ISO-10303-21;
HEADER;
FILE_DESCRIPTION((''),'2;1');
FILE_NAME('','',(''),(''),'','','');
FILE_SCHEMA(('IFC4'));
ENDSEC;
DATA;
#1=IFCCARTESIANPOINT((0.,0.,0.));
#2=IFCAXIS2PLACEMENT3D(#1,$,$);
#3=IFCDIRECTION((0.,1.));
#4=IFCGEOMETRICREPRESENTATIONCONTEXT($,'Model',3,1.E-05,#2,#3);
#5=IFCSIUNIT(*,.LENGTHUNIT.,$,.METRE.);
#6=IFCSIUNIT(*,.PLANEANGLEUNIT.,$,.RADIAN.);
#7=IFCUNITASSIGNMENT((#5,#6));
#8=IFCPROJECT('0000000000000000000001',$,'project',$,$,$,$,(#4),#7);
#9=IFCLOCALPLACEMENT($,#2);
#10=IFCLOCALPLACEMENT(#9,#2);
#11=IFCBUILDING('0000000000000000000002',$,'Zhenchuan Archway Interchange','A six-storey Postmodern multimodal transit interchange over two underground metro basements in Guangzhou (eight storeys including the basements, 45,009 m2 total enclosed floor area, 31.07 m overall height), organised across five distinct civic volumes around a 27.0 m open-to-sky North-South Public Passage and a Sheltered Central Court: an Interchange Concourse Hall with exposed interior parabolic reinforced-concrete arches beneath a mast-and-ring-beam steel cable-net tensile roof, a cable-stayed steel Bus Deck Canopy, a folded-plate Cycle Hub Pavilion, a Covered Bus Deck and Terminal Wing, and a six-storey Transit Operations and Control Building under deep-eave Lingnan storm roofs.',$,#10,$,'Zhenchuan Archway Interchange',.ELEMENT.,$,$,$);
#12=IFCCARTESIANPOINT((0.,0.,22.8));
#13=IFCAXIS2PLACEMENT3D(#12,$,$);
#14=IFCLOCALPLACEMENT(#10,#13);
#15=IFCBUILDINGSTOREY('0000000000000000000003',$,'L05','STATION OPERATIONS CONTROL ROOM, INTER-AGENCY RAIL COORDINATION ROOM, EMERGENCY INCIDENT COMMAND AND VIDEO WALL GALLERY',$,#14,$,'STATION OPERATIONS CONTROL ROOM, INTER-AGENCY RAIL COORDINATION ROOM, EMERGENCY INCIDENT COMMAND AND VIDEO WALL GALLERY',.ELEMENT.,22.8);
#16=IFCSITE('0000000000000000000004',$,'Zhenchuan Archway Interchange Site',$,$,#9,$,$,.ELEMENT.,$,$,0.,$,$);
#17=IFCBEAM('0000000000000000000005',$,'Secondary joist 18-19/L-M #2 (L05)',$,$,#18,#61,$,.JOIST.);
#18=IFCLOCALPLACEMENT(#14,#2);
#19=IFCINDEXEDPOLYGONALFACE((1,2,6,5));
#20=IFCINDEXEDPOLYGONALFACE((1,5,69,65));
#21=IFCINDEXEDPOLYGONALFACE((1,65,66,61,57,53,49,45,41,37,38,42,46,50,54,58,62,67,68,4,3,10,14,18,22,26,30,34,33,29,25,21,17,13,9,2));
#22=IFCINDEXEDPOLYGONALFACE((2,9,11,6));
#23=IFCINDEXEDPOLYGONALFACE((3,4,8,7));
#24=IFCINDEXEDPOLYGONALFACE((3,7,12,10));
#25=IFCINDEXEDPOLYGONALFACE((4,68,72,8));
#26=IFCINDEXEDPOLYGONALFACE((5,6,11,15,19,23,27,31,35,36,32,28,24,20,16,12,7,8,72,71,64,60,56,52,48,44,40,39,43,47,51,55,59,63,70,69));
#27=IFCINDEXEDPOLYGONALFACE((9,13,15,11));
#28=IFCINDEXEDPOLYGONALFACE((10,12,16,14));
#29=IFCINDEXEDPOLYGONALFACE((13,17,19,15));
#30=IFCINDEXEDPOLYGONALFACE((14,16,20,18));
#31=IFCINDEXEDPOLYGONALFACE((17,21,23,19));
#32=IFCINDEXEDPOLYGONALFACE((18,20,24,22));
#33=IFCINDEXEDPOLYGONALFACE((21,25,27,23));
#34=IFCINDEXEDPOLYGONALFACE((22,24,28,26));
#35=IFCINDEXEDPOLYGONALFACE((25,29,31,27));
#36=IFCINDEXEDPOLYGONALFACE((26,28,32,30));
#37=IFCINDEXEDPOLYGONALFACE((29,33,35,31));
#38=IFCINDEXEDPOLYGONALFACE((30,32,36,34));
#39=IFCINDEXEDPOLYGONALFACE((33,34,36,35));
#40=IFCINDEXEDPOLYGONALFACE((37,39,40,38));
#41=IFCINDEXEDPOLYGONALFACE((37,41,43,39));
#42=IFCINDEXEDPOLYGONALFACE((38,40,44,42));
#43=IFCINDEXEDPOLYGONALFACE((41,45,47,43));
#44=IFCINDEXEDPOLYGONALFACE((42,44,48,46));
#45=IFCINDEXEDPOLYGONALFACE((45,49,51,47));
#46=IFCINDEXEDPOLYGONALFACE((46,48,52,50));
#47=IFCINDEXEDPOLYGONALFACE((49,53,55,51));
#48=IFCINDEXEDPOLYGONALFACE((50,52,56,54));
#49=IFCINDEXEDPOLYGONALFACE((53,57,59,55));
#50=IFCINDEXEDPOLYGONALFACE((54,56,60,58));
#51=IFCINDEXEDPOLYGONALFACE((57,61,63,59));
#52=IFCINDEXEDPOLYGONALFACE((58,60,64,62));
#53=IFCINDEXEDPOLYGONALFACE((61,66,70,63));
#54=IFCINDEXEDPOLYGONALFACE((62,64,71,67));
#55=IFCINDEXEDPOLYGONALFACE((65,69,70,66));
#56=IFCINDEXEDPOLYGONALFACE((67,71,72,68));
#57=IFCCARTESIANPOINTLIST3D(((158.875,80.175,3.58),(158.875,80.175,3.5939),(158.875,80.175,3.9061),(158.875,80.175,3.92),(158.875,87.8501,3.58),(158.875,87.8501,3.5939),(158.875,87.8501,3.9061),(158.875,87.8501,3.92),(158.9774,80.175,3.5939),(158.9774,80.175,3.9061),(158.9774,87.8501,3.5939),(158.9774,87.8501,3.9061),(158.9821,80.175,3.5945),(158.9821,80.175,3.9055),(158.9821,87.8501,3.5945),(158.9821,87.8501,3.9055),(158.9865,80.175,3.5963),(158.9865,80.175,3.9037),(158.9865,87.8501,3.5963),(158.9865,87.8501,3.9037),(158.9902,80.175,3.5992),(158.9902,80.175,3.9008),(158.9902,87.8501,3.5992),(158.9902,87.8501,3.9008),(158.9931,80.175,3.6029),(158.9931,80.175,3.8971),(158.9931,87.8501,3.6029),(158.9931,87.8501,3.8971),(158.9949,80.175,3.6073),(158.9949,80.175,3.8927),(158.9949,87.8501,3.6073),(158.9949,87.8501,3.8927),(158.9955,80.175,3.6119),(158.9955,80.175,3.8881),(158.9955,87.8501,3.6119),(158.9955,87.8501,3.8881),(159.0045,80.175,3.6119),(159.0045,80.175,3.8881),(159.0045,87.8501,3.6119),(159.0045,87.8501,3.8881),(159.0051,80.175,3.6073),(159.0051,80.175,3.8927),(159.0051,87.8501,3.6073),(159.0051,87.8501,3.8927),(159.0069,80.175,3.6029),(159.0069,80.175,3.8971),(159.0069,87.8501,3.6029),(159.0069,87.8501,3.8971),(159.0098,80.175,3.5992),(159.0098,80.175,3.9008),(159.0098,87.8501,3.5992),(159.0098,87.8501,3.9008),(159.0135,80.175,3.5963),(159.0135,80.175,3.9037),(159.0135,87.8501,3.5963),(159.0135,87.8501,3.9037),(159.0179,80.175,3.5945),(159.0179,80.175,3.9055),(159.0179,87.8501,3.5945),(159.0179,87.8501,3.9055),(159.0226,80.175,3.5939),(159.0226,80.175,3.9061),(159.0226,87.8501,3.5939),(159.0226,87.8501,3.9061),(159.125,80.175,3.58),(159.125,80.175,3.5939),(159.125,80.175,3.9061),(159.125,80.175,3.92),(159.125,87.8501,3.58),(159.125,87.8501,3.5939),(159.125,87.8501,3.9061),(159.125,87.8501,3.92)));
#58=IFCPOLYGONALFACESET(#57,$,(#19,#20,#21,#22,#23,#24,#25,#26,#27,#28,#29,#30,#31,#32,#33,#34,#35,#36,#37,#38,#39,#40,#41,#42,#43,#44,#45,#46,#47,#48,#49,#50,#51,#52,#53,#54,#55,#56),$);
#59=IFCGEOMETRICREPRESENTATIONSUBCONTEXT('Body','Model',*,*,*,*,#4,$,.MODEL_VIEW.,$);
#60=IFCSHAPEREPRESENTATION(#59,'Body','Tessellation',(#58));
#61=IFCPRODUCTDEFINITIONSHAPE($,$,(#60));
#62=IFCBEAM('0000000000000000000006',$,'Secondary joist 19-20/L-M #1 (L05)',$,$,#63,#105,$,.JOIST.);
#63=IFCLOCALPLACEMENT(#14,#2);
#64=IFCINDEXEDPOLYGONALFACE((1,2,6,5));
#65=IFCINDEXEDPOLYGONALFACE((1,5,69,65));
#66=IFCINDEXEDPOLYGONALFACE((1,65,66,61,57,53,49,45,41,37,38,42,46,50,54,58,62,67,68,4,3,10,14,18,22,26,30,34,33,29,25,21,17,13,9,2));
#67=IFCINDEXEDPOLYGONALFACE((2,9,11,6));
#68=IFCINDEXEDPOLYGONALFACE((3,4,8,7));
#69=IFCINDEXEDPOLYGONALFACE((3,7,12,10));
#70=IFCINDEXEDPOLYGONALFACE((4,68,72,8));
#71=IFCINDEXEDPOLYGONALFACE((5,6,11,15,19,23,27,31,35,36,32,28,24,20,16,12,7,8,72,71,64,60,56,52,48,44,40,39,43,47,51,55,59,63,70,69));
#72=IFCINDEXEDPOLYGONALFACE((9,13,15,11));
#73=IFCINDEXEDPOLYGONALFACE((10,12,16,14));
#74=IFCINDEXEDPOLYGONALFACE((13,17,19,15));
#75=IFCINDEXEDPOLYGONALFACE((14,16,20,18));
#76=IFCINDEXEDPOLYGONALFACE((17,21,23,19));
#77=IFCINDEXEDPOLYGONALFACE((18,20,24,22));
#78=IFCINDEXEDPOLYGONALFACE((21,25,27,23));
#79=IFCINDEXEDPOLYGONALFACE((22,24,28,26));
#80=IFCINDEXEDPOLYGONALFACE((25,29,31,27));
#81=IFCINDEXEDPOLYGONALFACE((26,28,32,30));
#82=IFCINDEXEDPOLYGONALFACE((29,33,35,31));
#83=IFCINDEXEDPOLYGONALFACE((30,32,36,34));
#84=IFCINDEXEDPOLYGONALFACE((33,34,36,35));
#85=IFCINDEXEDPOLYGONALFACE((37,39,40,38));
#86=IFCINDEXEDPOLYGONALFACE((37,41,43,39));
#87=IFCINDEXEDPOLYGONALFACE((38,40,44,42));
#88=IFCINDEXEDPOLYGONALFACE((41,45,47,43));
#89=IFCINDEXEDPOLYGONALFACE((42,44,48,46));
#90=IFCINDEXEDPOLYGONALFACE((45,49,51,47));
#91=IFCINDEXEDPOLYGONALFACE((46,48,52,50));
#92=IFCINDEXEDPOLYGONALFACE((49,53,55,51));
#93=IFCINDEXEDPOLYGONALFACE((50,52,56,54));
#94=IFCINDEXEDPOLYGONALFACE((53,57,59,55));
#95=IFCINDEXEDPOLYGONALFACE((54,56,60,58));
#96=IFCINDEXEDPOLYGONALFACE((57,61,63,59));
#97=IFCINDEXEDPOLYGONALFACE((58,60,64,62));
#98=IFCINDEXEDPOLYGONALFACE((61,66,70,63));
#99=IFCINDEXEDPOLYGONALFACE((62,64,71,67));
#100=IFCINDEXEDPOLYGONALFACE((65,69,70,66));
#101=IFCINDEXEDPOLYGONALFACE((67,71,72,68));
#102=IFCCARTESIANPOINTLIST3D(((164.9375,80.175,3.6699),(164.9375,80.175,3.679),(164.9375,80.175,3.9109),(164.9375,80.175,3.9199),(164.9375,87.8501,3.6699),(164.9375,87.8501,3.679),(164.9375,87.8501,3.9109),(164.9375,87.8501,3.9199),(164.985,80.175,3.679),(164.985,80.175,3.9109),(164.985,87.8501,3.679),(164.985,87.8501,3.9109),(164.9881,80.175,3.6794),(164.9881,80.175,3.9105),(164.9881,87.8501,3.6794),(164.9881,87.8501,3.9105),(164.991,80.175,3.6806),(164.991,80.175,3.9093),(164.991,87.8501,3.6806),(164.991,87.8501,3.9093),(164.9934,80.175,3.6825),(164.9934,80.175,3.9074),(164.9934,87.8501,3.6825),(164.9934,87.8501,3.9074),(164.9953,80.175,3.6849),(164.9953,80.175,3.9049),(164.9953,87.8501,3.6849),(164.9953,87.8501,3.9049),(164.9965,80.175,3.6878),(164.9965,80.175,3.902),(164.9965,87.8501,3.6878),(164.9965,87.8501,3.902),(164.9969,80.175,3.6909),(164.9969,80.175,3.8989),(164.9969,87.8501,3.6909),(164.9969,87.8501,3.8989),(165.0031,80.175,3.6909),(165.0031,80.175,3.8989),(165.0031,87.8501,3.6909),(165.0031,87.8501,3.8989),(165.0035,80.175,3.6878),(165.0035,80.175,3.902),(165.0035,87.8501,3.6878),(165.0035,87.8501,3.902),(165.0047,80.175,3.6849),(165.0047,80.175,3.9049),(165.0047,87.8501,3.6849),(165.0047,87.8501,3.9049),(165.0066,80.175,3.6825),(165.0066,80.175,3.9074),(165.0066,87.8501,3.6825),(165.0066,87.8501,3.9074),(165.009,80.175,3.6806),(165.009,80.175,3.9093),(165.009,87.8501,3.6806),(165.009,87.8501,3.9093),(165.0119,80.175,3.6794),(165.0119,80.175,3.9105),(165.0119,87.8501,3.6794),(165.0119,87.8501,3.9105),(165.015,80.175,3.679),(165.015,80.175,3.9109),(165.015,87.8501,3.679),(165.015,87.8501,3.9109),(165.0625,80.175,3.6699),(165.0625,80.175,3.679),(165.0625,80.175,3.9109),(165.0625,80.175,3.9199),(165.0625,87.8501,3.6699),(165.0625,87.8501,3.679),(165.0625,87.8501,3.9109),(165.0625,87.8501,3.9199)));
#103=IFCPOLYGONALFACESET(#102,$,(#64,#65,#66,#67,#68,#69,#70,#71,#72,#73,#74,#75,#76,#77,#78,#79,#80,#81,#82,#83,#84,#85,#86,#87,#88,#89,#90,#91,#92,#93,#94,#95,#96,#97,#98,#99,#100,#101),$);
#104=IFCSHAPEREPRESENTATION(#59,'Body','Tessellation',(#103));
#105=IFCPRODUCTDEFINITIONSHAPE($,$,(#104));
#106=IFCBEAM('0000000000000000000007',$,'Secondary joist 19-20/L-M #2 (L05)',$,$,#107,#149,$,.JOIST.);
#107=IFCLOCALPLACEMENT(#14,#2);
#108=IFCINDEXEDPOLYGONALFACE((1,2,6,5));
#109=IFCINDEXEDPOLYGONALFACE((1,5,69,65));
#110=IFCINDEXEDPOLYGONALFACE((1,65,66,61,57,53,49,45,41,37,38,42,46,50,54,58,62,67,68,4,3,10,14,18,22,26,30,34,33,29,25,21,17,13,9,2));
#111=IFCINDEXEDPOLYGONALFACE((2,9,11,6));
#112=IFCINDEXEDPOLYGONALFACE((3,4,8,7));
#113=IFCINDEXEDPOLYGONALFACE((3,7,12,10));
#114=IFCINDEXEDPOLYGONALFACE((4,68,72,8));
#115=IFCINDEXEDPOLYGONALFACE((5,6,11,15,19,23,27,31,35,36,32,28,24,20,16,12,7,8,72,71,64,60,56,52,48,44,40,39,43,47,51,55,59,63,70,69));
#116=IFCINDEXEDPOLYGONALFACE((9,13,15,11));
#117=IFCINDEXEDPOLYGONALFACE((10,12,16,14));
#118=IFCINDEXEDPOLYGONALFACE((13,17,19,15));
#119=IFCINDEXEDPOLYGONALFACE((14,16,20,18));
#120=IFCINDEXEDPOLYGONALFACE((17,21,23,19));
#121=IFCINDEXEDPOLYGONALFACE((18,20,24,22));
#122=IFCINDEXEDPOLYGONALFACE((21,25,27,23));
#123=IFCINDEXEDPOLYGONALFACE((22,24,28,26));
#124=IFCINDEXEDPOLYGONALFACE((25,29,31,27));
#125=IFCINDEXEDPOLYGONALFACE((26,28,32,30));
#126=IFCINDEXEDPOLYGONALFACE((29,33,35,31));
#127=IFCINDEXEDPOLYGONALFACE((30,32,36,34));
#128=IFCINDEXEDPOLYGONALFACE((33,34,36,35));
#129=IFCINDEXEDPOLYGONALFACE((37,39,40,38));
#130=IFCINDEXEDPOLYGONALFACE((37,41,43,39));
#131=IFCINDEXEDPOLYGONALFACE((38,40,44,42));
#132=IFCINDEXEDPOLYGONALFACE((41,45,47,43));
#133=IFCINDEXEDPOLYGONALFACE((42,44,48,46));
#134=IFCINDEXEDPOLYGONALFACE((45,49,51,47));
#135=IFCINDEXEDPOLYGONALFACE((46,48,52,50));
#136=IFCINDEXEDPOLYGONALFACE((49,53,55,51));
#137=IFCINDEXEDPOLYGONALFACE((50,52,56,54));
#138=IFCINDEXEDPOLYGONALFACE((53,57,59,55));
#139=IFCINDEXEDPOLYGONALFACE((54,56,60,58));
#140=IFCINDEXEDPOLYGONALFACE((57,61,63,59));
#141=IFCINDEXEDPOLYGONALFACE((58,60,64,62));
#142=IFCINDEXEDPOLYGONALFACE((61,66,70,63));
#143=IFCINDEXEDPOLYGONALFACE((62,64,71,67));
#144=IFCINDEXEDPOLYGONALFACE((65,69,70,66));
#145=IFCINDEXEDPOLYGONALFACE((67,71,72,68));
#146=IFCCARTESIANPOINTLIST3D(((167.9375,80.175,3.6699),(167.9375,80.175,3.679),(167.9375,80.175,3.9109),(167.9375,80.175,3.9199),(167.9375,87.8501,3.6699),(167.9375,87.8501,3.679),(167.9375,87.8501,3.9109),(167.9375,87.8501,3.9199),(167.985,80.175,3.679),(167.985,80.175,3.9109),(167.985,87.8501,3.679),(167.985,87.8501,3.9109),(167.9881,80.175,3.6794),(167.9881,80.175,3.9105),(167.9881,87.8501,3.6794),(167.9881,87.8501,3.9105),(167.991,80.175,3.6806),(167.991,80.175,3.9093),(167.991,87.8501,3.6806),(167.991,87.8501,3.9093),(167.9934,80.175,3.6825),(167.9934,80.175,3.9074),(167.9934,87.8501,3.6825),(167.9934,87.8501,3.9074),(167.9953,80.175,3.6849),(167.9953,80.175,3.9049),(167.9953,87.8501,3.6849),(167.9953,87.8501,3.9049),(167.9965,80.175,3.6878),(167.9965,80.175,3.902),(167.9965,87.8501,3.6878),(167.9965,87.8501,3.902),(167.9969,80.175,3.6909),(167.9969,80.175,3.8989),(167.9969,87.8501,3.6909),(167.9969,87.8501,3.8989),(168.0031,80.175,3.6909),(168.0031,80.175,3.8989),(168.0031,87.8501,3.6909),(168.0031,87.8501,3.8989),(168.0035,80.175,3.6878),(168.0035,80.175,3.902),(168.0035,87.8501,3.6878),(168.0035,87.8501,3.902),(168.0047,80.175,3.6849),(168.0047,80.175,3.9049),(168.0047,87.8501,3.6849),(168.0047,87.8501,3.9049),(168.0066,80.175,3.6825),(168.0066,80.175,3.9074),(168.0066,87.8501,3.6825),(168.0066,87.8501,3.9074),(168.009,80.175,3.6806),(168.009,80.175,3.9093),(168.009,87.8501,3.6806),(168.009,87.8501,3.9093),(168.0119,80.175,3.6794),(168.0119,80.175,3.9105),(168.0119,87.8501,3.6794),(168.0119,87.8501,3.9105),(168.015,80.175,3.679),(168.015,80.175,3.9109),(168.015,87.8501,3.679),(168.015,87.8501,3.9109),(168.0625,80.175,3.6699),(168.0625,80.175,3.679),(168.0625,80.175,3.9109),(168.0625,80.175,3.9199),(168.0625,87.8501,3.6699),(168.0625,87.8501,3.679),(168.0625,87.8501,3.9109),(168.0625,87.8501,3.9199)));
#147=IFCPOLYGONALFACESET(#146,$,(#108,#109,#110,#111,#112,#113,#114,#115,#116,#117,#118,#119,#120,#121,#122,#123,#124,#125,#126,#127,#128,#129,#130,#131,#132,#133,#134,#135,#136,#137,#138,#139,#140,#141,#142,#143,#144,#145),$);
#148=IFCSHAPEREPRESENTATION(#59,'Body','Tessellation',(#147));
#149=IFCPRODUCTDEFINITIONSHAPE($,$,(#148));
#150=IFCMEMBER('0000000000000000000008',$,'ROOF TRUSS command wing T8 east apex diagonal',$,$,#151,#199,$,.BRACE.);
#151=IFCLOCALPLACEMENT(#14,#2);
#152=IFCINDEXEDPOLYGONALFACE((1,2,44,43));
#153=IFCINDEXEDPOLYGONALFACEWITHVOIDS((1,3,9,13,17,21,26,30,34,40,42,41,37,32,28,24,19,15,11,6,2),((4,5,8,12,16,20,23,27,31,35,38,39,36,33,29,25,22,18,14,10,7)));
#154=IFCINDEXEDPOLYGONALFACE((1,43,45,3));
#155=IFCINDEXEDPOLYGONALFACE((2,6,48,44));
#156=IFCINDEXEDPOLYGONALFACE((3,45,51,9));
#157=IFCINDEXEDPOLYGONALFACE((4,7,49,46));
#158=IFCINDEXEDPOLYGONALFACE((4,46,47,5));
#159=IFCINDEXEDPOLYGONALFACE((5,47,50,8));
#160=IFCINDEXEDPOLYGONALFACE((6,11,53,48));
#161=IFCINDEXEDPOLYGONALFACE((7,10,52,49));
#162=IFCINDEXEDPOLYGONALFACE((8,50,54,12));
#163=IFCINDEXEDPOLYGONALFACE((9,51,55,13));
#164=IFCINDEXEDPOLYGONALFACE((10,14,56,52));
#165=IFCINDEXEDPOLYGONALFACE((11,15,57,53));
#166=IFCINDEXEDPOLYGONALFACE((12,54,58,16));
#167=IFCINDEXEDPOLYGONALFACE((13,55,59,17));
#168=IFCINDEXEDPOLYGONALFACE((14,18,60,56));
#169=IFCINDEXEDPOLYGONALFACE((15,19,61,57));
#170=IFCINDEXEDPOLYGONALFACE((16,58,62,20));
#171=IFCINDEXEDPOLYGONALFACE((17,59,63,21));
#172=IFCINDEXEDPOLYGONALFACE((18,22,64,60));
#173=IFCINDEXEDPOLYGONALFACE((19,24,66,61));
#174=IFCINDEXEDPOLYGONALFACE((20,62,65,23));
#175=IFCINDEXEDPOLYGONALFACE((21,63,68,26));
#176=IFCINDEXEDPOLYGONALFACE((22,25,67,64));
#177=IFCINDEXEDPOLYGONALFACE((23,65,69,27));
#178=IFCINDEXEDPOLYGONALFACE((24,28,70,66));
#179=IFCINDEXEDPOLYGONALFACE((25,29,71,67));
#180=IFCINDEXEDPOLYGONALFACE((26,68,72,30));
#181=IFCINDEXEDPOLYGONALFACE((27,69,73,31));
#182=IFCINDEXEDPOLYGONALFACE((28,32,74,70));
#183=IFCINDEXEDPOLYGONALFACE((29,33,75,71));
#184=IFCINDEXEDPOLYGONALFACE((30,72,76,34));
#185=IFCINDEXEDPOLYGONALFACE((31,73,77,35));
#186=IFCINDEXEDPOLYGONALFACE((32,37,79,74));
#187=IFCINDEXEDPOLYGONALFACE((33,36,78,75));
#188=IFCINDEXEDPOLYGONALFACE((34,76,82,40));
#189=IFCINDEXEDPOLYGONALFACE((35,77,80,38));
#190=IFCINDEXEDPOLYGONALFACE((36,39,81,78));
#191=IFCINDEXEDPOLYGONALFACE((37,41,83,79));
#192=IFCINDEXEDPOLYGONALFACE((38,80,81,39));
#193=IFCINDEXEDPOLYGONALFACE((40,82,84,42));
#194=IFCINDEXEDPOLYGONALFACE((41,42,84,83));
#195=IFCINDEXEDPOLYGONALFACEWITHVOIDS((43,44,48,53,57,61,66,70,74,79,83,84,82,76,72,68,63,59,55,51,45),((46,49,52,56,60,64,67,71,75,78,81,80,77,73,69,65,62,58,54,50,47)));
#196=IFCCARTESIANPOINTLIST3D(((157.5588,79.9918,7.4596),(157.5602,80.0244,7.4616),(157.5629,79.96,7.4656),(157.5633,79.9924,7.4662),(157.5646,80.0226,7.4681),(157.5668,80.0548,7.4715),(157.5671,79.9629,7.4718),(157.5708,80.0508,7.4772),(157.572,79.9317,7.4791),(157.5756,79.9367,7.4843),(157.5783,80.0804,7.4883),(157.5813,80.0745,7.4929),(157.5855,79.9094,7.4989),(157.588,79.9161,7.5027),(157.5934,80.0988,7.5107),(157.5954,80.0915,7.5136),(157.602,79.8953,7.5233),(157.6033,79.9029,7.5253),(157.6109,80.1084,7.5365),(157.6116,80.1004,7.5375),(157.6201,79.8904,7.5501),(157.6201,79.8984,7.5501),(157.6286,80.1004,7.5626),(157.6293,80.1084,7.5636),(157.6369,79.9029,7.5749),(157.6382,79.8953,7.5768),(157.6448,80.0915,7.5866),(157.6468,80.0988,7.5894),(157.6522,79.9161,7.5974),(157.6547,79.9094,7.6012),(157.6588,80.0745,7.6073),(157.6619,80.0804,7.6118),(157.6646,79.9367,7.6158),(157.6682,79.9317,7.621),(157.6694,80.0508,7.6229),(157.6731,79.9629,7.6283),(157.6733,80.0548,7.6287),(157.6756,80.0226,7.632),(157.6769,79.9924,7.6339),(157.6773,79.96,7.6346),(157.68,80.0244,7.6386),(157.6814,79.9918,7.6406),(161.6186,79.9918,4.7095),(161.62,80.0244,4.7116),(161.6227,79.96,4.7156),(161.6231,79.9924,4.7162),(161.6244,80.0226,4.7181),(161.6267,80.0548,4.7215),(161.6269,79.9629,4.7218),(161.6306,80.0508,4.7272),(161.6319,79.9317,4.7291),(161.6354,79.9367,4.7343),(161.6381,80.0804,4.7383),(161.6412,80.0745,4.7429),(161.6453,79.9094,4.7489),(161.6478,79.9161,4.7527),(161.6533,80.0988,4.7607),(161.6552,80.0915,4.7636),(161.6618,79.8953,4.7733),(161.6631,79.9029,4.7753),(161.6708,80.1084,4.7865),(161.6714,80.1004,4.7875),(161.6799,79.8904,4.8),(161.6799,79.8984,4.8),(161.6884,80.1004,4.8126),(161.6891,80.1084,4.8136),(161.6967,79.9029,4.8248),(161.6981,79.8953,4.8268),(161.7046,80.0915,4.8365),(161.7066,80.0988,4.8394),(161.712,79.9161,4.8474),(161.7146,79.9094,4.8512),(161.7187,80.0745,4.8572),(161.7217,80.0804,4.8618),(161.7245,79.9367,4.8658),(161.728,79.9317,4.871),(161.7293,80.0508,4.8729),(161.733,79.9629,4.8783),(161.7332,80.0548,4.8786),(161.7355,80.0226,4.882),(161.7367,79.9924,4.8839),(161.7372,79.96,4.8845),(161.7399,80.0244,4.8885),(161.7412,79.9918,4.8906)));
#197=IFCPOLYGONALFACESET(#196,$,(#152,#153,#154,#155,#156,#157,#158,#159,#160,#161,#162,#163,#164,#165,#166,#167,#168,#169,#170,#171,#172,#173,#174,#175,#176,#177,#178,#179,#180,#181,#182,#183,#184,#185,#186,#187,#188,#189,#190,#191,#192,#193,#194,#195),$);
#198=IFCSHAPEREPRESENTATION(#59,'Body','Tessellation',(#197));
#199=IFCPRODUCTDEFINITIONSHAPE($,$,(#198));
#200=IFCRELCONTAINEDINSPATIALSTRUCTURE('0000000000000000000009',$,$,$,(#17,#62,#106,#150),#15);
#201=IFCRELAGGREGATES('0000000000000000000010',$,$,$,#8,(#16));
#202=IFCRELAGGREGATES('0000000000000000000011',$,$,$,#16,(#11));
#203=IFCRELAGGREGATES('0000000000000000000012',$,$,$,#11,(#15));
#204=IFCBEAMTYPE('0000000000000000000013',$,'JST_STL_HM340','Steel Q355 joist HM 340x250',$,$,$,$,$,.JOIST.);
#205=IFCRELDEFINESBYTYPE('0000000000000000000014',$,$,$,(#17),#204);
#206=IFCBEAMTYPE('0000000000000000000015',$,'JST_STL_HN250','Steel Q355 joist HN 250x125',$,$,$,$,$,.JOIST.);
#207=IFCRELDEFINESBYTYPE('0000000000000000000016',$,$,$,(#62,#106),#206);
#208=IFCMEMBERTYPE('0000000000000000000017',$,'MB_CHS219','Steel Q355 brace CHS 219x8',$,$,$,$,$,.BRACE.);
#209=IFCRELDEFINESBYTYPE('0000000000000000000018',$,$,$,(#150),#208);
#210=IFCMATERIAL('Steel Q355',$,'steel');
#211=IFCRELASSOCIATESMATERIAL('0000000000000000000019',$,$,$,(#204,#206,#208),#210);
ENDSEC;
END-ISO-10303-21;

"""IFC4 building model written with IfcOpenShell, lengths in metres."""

from ifc_helpers import new_model, si_unit, direction, frame, origin, origin_2d, place, context, subcontext, project, spatial, hollow_circle, i_section, extrude, material, material_profile, profile_set, type_object, element, save


model = new_model("IFC4")

# Units and contexts
model_context = context("Model", 3, precision=1e-05, world=origin(), true_north=direction((0.0, 1.0)))
body_context = subcontext(model_context, "Body", "Model", "MODEL_VIEW")
ifc_project = project(units=[si_unit("LENGTHUNIT", "METRE"), si_unit("PLANEANGLEUNIT", "RADIAN")], contexts=[model_context])

# Site, building, storey
site_placement = place(None, origin())
site = spatial("IfcSite", under=ifc_project, at=site_placement, Name="Zhenchuan Archway Interchange Site", CompositionType="ELEMENT", RefElevation=0.0)
building_placement = place(site_placement, origin())
building = spatial("IfcBuilding", under=site, at=building_placement, Name="Zhenchuan Archway Interchange", Description="A six-storey Postmodern multimodal transit interchange over two underground metro basements in Guangzhou (eight storeys including the basements, 45,009 m2 total enclosed floor area, 31.07 m overall height), organised across five distinct civic volumes around a 27.0 m open-to-sky North-South Public Passage and a Sheltered Central Court: an Interchange Concourse Hall with exposed interior parabolic reinforced-concrete arches beneath a mast-and-ring-beam steel cable-net tensile roof, a cable-stayed steel Bus Deck Canopy, a folded-plate Cycle Hub Pavilion, a Covered Bus Deck and Terminal Wing, and a six-storey Transit Operations and Control Building under deep-eave Lingnan storm roofs.", LongName="Zhenchuan Archway Interchange", CompositionType="ELEMENT")
storey_placement = place(building_placement, frame((0.0, 0.0, 22.8)))
storey = spatial("IfcBuildingStorey", under=building, at=storey_placement, Name="L05", Description="STATION OPERATIONS CONTROL ROOM, INTER-AGENCY RAIL COORDINATION ROOM, EMERGENCY INCIDENT COMMAND AND VIDEO WALL GALLERY", LongName="STATION OPERATIONS CONTROL ROOM, INTER-AGENCY RAIL COORDINATION ROOM, EMERGENCY INCIDENT COMMAND AND VIDEO WALL GALLERY", CompositionType="ELEMENT", Elevation=22.8)

# Beams
ifc_material_1 = material(Name="Steel Q355", Category="steel")
ifc_material_profile_1 = material_profile(ifc_material_1, i_section(OverallWidth=0.25, OverallDepth=0.3401, WebThickness=0.009, FlangeThickness=0.0139, FilletRadius=0.0181, at=origin_2d()), Name="HM 340x250")
ifc_profile_set_1 = profile_set([ifc_material_profile_1], Name="Steel Q355")
beam_type_1 = type_object("IfcBeamType", Name="JST_STL_HM340", Description="Steel Q355 joist HM 340x250", PredefinedType="JOIST", material=ifc_profile_set_1)
for number, where, z_axis, x_axis, name in (
    (1, (159.0, 80.175, 3.75), (0.0, 1.0, 0.0), (-1.0, 0.0, 0.0), "Secondary joist 18-19/L-M #2 (L05)"),
):
    element("IfcBeam", number, at=place(storey_placement, frame(where, z_axis=z_axis, x_axis=x_axis)), inside=storey, type_object=beam_type_1, Name=name, PredefinedType="JOIST", context=body_context, shape_type="SweptSolid", body=[
        extrude(i_section(OverallWidth=0.25, OverallDepth=0.3401, WebThickness=0.009, FlangeThickness=0.0139, FilletRadius=0.0181, at=origin_2d()), origin(), (0.0, 0.0, 1.0), 7.675),
    ])
ifc_material_profile_2 = material_profile(ifc_material_1, i_section(OverallWidth=0.125, OverallDepth=0.25, WebThickness=0.0061, FlangeThickness=0.009, FilletRadius=0.012, at=origin_2d()), Name="HN 250x125")
ifc_profile_set_2 = profile_set([ifc_material_profile_2], Name="Steel Q355")
beam_type_2 = type_object("IfcBeamType", Name="JST_STL_HN250", Description="Steel Q355 joist HN 250x125", PredefinedType="JOIST", material=ifc_profile_set_2)
for number, where, z_axis, x_axis, name in (
    (2, (165.0, 80.175, 3.7949), (0.0, 1.0, 0.0), (-1.0, 0.0, 0.0), "Secondary joist 19-20/L-M #1 (L05)"),
    (3, (168.0, 80.175, 3.7949), (0.0, 1.0, 0.0), (-1.0, 0.0, 0.0), "Secondary joist 19-20/L-M #2 (L05)"),
):
    element("IfcBeam", number, at=place(storey_placement, frame(where, z_axis=z_axis, x_axis=x_axis)), inside=storey, type_object=beam_type_2, Name=name, PredefinedType="JOIST", context=body_context, shape_type="SweptSolid", body=[
        extrude(i_section(OverallWidth=0.125, OverallDepth=0.25, WebThickness=0.0061, FlangeThickness=0.009, FilletRadius=0.012, at=origin_2d()), origin(), (0.0, 0.0, 1.0), 7.675),
    ])

# Member
ifc_material_profile_3 = material_profile(ifc_material_1, hollow_circle(Radius=0.1096, WallThickness=0.0081, at=origin_2d()), Name="CHS 219x8")
ifc_profile_set_3 = profile_set([ifc_material_profile_3], Name="Steel Q355")
member_type_1 = type_object("IfcMemberType", Name="MB_CHS219", Description="Steel Q355 brace CHS 219x8", PredefinedType="BRACE", material=ifc_profile_set_3)
for number, where, z_axis, x_axis, name in (
    (4, (161.6799, 80.0, 4.8), (-0.827937, 0.0, 0.560821), (0.0, -1.0, 0.0), "ROOF TRUSS command wing T8 east apex diagonal"),
):
    element("IfcMember", number, at=place(storey_placement, frame(where, z_axis=z_axis, x_axis=x_axis)), inside=storey, type_object=member_type_1, Name=name, PredefinedType="BRACE", context=body_context, shape_type="SweptSolid", body=[
        extrude(hollow_circle(Radius=0.1096, WallThickness=0.0081, at=origin_2d()), origin(), (0.0, 0.0, 1.0), 4.9036),
    ])

save(model, "model.ifc")
